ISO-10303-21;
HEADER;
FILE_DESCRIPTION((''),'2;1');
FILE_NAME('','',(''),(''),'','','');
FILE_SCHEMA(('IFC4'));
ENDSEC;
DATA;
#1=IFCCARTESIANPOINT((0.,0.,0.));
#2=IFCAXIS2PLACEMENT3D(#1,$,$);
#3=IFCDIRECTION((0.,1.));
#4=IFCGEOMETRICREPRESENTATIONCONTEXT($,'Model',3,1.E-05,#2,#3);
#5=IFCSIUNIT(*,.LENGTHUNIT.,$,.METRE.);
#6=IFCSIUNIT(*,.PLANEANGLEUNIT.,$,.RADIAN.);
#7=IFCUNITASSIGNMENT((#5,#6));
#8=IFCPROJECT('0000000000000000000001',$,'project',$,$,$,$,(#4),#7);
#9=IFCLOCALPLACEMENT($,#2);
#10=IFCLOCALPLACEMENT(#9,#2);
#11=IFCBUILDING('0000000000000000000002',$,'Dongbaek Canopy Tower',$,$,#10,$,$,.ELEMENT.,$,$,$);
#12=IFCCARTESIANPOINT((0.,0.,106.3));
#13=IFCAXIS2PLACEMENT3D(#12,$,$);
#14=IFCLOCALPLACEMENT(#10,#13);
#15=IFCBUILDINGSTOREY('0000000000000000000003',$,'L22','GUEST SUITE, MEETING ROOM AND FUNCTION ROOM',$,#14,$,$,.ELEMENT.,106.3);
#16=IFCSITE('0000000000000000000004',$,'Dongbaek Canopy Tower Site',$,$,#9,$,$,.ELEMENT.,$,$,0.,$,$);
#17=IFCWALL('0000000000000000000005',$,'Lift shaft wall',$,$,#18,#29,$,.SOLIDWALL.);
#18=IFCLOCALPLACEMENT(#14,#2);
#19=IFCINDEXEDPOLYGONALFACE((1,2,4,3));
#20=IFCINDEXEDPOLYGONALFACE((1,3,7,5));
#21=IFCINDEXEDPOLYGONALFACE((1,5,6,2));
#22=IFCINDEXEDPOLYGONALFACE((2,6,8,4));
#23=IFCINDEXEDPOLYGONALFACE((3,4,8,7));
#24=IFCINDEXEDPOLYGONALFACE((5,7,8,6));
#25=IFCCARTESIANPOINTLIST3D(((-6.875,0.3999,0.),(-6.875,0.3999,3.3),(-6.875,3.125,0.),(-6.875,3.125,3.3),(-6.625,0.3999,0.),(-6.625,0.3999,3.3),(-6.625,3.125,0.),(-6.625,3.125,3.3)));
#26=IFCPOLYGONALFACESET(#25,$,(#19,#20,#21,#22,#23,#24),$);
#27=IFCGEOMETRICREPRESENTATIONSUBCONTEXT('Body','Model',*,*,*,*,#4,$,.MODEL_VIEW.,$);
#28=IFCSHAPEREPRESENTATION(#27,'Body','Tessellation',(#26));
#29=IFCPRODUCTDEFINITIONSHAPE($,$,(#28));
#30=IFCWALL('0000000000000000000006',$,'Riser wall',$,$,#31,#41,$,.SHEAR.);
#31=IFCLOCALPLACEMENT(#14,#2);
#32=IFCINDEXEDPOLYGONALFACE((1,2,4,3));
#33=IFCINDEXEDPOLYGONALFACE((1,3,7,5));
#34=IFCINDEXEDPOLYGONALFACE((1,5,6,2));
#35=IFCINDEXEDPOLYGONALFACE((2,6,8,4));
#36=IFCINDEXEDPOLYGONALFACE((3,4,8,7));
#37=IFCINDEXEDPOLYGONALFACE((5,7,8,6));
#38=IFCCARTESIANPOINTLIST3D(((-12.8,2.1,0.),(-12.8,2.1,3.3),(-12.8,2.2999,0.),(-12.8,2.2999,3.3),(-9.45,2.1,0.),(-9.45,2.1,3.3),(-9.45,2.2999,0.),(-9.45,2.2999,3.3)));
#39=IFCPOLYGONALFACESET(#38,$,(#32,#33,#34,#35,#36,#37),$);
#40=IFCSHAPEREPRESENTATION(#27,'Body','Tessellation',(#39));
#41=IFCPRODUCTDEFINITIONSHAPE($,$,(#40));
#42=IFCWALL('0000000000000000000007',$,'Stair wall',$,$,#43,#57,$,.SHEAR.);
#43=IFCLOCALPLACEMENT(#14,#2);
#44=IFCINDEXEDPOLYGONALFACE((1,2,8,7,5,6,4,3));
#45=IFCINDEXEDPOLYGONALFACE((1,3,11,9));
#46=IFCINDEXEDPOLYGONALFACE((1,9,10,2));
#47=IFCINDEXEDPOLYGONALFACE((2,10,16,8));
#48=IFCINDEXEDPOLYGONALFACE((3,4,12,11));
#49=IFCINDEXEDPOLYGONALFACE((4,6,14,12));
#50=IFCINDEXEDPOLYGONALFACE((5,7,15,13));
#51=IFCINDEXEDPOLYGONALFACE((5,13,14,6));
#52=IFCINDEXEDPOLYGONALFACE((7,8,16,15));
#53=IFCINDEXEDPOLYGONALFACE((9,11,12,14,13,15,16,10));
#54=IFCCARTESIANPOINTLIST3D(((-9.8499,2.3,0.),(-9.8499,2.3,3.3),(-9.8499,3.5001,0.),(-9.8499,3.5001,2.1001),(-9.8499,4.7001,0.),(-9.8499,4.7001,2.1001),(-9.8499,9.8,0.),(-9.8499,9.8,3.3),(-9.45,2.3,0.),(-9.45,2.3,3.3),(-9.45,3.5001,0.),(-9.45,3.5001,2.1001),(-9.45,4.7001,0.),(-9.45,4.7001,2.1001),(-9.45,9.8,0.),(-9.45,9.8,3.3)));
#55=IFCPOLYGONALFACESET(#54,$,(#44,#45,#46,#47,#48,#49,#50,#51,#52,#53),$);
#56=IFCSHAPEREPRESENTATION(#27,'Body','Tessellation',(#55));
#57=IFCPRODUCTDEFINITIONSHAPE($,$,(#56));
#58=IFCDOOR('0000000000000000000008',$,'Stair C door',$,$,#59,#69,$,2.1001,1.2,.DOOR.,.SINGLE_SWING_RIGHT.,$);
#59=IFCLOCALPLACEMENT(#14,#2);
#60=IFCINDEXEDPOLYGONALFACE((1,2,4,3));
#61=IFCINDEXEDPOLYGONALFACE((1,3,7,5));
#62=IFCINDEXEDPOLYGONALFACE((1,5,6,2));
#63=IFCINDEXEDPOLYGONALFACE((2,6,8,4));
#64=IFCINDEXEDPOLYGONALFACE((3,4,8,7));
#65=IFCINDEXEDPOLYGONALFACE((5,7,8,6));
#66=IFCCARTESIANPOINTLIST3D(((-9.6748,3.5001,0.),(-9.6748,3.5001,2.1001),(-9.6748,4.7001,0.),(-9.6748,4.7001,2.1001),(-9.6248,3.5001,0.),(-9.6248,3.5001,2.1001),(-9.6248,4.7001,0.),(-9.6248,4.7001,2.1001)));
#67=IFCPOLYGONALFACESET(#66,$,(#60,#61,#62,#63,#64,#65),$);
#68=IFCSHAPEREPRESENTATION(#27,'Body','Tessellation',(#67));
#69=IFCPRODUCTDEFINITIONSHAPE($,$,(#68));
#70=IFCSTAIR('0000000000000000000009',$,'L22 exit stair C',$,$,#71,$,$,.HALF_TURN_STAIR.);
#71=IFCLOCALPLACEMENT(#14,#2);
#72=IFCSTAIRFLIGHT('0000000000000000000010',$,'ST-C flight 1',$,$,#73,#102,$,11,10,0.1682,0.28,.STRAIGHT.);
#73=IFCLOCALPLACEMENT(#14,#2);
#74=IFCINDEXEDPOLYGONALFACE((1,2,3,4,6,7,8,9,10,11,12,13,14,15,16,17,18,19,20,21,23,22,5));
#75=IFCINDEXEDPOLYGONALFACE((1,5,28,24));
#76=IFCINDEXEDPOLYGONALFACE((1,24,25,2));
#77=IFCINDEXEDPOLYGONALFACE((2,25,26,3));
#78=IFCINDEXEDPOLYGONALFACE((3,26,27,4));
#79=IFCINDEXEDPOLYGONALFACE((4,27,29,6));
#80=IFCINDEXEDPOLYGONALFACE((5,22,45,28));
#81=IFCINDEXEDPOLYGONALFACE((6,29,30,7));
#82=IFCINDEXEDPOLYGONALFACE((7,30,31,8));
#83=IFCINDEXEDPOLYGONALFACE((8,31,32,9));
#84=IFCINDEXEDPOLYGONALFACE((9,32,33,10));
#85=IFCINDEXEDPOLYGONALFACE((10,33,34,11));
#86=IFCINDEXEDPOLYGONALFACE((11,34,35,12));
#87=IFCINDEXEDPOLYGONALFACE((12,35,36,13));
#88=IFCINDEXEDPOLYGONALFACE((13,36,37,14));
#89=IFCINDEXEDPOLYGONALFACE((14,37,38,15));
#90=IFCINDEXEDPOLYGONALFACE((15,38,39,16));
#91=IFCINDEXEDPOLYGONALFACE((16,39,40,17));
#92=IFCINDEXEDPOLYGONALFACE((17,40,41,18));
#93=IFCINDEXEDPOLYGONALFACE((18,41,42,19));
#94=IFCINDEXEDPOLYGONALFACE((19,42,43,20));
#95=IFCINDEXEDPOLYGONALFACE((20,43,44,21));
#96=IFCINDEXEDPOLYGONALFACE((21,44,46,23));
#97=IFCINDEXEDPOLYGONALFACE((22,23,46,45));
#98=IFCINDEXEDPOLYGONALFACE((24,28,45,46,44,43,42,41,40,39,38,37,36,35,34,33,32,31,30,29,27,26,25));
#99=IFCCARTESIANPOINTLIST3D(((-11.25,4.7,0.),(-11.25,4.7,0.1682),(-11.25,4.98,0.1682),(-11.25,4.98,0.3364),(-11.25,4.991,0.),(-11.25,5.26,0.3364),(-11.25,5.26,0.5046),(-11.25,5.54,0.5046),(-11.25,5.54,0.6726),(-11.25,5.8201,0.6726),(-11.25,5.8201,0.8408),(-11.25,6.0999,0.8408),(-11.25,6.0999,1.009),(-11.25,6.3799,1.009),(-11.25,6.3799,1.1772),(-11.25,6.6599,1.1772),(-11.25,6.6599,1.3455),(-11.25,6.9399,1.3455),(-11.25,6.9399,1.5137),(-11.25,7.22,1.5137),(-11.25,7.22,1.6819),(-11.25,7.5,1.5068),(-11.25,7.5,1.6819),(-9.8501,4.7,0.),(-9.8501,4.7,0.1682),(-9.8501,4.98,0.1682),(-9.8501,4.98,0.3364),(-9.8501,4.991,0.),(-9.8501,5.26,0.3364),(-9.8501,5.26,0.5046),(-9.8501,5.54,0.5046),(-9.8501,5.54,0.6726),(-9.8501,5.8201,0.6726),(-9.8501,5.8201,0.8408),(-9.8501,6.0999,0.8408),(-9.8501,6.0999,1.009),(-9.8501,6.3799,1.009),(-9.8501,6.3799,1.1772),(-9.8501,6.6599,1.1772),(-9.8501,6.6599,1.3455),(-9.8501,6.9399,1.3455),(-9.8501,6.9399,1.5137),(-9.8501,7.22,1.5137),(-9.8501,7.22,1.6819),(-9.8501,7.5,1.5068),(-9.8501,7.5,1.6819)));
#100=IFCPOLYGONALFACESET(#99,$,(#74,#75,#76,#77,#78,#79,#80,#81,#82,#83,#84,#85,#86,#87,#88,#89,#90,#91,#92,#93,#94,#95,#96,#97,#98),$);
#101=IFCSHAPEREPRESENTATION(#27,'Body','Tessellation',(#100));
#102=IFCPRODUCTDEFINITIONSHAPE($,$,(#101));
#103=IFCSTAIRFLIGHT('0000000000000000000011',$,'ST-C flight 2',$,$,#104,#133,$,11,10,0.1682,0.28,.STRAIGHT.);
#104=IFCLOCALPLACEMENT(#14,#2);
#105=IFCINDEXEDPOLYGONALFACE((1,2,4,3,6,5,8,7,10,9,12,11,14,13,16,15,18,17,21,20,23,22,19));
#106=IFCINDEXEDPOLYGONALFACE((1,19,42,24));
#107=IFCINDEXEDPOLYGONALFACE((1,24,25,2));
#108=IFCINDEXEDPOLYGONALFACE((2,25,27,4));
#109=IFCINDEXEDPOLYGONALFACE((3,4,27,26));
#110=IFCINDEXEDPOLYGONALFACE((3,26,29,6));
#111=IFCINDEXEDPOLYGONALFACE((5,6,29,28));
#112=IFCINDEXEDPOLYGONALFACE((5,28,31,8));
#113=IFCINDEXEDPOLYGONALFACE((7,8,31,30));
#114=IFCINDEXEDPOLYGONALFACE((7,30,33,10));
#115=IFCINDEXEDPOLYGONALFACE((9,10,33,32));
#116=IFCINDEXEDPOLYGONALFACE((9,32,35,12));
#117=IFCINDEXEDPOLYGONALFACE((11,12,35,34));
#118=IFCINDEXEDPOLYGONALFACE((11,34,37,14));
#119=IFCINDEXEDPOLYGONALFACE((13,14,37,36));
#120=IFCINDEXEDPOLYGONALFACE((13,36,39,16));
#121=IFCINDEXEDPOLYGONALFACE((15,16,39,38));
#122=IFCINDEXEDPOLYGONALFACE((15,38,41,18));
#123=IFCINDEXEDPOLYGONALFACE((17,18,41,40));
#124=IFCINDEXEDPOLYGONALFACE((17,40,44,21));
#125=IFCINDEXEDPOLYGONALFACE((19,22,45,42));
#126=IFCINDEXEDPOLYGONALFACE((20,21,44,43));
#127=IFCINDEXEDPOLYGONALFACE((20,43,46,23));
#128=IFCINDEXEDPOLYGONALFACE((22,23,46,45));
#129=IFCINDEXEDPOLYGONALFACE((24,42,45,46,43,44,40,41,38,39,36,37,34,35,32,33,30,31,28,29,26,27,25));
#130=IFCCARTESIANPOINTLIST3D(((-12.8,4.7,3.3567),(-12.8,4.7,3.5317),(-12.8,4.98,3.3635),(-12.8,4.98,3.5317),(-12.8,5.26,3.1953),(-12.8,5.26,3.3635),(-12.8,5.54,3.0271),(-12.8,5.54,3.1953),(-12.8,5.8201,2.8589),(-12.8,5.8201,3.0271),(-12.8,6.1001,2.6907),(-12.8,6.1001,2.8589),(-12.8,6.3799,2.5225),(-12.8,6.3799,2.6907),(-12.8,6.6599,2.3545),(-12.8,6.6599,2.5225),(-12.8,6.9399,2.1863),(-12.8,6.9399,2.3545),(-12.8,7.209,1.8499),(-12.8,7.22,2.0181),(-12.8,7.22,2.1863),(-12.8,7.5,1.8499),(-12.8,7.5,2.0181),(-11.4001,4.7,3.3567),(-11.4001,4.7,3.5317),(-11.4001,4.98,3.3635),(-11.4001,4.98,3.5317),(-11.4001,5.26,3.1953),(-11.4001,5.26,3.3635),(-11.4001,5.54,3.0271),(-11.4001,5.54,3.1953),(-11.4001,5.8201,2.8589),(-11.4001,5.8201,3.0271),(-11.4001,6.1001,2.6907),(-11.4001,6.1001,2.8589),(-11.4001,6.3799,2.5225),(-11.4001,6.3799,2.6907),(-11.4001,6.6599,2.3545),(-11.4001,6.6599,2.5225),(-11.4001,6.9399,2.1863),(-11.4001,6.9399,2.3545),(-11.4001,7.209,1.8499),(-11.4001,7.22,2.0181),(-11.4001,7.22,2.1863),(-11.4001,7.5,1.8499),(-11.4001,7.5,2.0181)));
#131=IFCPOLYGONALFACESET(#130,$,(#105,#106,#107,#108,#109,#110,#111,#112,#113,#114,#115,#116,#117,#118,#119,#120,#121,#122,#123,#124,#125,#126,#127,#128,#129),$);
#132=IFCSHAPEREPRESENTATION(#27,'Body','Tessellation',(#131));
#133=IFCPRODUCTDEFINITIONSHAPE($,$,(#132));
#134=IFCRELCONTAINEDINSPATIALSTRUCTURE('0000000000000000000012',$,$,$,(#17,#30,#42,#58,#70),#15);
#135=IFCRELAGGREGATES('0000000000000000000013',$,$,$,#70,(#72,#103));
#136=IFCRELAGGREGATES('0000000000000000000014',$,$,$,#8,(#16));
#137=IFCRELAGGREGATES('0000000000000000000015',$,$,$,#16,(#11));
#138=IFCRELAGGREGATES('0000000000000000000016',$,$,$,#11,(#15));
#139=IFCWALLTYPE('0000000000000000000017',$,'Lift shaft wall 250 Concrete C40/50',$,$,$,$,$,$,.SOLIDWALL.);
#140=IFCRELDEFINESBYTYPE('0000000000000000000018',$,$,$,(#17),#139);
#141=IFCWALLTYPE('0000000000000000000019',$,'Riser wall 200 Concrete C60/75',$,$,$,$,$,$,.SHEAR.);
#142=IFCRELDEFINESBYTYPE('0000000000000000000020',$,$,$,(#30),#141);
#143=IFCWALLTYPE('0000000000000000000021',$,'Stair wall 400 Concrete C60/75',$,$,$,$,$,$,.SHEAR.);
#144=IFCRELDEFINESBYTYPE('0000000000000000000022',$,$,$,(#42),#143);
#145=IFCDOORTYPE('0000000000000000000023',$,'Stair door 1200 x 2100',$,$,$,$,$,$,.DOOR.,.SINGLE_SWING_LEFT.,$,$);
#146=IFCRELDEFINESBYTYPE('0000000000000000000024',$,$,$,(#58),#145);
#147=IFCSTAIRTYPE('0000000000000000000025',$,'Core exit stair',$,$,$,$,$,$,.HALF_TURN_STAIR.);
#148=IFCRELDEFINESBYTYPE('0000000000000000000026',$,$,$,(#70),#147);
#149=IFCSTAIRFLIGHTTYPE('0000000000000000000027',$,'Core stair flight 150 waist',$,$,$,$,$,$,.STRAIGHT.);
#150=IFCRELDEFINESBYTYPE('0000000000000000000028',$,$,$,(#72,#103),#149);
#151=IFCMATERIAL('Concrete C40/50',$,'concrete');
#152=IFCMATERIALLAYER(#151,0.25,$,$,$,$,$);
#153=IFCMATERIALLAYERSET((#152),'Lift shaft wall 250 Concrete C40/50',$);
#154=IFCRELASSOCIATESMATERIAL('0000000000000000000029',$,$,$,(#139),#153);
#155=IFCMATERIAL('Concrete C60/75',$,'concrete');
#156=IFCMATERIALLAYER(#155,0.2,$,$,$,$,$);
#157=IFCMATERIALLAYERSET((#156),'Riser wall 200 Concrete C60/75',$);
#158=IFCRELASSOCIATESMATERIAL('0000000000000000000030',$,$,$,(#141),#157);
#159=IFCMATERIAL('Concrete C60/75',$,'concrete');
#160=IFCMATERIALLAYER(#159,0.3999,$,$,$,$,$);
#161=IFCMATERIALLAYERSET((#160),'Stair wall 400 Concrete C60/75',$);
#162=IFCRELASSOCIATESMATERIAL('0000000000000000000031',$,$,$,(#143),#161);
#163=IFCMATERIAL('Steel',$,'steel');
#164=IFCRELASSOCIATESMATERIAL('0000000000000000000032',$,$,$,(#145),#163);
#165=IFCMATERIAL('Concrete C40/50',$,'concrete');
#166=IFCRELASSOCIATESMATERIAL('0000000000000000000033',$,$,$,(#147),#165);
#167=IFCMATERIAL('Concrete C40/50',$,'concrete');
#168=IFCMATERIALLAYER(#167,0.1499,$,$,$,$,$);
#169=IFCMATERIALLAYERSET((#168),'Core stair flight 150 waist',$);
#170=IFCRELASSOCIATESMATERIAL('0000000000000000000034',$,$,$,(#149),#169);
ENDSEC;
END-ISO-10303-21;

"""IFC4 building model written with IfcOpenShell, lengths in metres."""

from ifc_helpers import new_model, si_unit, direction, frame, frame_2d, origin, place, context, subcontext, project, spatial, polyline, rectangle, outline, extrude, material, layer, layer_set, type_object, element, fill, aggregate, save


model = new_model("IFC4")

# Units and contexts
model_context = context("Model", 3, precision=1e-05, world=origin(), true_north=direction((0.0, 1.0)))
body_context = subcontext(model_context, "Body", "Model", "MODEL_VIEW")
ifc_project = project(units=[si_unit("LENGTHUNIT", "METRE"), si_unit("PLANEANGLEUNIT", "RADIAN")], contexts=[model_context])

# Site, building, storey
site_placement = place(None, origin())
site = spatial("IfcSite", under=ifc_project, at=site_placement, Name="Dongbaek Canopy Tower Site", CompositionType="ELEMENT", RefElevation=0.0)
building_placement = place(site_placement, origin())
building = spatial("IfcBuilding", under=site, at=building_placement, Name="Dongbaek Canopy Tower", CompositionType="ELEMENT")
storey_placement = place(building_placement, frame((0.0, 0.0, 106.3)))
storey = spatial("IfcBuildingStorey", under=building, at=storey_placement, Name="L22", Description="GUEST SUITE, MEETING ROOM AND FUNCTION ROOM", CompositionType="ELEMENT", Elevation=106.3)

# Walls
ifc_material_1 = material(Name="Concrete C40/50", Category="concrete")
ifc_layer_1 = layer(ifc_material_1, 0.25)
ifc_layer_set_1 = layer_set([ifc_layer_1], Name="Lift shaft wall 250 Concrete C40/50")
wall_type_1 = type_object("IfcWallType", Name="Lift shaft wall 250 Concrete C40/50", PredefinedType="SOLIDWALL", material=ifc_layer_set_1)
wall_1_placement = place(storey_placement, frame((-6.75, 0.3999, 0.0), z_axis=(0.0, 0.0, 1.0), x_axis=(0.0, 1.0, 0.0)))
element("IfcWall", 1, at=wall_1_placement, inside=storey, type_object=wall_type_1, Name="Lift shaft wall", PredefinedType="SOLIDWALL", context=body_context, shape_type="SweptSolid", body=[
    extrude(rectangle(XDim=2.7251, YDim=0.25, at=frame_2d((1.3625, 0.0))), origin(), (0.0, 0.0, 1.0), 3.3),
])
ifc_material_2 = material(Name="Concrete C60/75", Category="concrete")
ifc_layer_2 = layer(ifc_material_2, 0.2)
ifc_layer_set_2 = layer_set([ifc_layer_2], Name="Riser wall 200 Concrete C60/75")
wall_type_2 = type_object("IfcWallType", Name="Riser wall 200 Concrete C60/75", PredefinedType="SHEAR", material=ifc_layer_set_2)
wall_2_placement = place(storey_placement, frame((-9.45, 2.2, 0.0), z_axis=(0.0, 0.0, 1.0), x_axis=(-1.0, 0.0, 0.0)))
element("IfcWall", 2, at=wall_2_placement, inside=storey, type_object=wall_type_2, Name="Riser wall", PredefinedType="SHEAR", context=body_context, shape_type="SweptSolid", body=[
    extrude(rectangle(XDim=3.3501, YDim=0.2, at=frame_2d((1.675, 0.0))), origin(), (0.0, 0.0, 1.0), 3.3),
])

# Wall, opening, door
ifc_material_3 = material(Name="Concrete C60/75", Category="concrete")
ifc_layer_3 = layer(ifc_material_3, 0.3999)
ifc_layer_set_3 = layer_set([ifc_layer_3], Name="Stair wall 400 Concrete C60/75")
wall_type_3 = type_object("IfcWallType", Name="Stair wall 400 Concrete C60/75", PredefinedType="SHEAR", material=ifc_layer_set_3)
wall_3_placement = place(storey_placement, frame((-9.6499, 2.3, 0.0), z_axis=(0.0, 0.0, 1.0), x_axis=(0.0, 1.0, 0.0)))
wall_3 = element("IfcWall", 3, at=wall_3_placement, inside=storey, type_object=wall_type_3, Name="Stair wall", PredefinedType="SHEAR", context=body_context, shape_type="SweptSolid", body=[
    extrude(rectangle(XDim=7.5, YDim=0.3999, at=frame_2d((3.75, 0.0))), origin(), (0.0, 0.0, 1.0), 3.3),
])
opening_1_placement = place(wall_3_placement, frame((1.2, 0.0, 0.0)))
opening_1 = element("IfcOpeningElement", 4, at=opening_1_placement, cuts=wall_3, PredefinedType="OPENING", context=body_context, shape_type="SweptSolid", body=[
    extrude(rectangle(XDim=1.2, YDim=2.1001, at=frame_2d((0.6001, 1.05))), frame((0.0, 0.21, 0.0), z_axis=(0.0, -1.0, 0.0), x_axis=(1.0, 0.0, 0.0)), (0.0, 0.0, 1.0), 0.4199),
])
ifc_material_4 = material(Name="Steel", Category="steel")
door_type_1 = type_object("IfcDoorType", Name="Stair door 1200 x 2100", OperationType="SINGLE_SWING_LEFT", PredefinedType="DOOR", material=ifc_material_4)
door_1_placement = place(opening_1_placement, origin())
door_1 = element("IfcDoor", 5, at=door_1_placement, inside=storey, type_object=door_type_1, Name="Stair C door", OperationType="SINGLE_SWING_RIGHT", OverallHeight=2.1001, OverallWidth=1.2, PredefinedType="DOOR", context=body_context, shape_type="SweptSolid", body=[
    extrude(rectangle(XDim=1.2, YDim=2.1001, at=frame_2d((0.6001, 1.05))), frame((0.0, 0.0249, 0.0), z_axis=(0.0, -1.0, 0.0), x_axis=(1.0, 0.0, 0.0)), (0.0, 0.0, 1.0), 0.05),
])
fill(opening_1, door_1)

# Stair, stair flights
ifc_material_5 = material(Name="Concrete C40/50", Category="concrete")
stair_type = type_object("IfcStairType", Name="Core exit stair", PredefinedType="HALF_TURN_STAIR", material=ifc_material_5)
stair_placement = place(storey_placement, origin())
stair = element("IfcStair", 6, at=stair_placement, inside=storey, type_object=stair_type, Name="L22 exit stair C", PredefinedType="HALF_TURN_STAIR")
ifc_material_6 = material(Name="Concrete C40/50", Category="concrete")
ifc_layer_4 = layer(ifc_material_6, 0.1499)
ifc_layer_set_4 = layer_set([ifc_layer_4], Name="Core stair flight 150 waist")
stair_flight_type = type_object("IfcStairFlightType", Name="Core stair flight 150 waist", PredefinedType="STRAIGHT", material=ifc_layer_set_4)
stair_flight_1_placement = place(storey_placement, frame((-10.55, 4.7, 0.0), z_axis=(0.0, 0.0, 1.0), x_axis=(0.0, 1.0, 0.0)))
stair_flight_1 = element("IfcStairFlight", 7, at=stair_flight_1_placement, type_object=stair_flight_type, Name="ST-C flight 1", NumberOfRisers=11, NumberOfTreads=10, PredefinedType="STRAIGHT", RiserHeight=0.1682, TreadLength=0.28, context=body_context, shape_type="SweptSolid", body=[
    extrude(outline(polyline([(0.0, 0.0), (0.0, 0.1682), (0.28, 0.1682), (0.28, 0.3364), (0.5601, 0.3364), (0.5601, 0.5046), (0.8401, 0.5046), (0.8401, 0.6726), (1.1201, 0.6726), (1.1201, 0.8408), (1.3999, 0.8408), (1.3999, 1.009), (1.6799, 1.009), (1.6799, 1.1772), (1.96, 1.1772), (1.96, 1.3455), (2.24, 1.3455), (2.24, 1.5137), (2.52, 1.5137), (2.52, 1.6819), (2.8, 1.6819), (2.8, 1.8501), (2.8, 1.5068), (0.291, 0.0), (0.0, 0.0)])), frame((0.0, 0.7, 0.0), z_axis=(0.0, -1.0, 0.0), x_axis=(1.0, 0.0, 0.0)), (0.0, 0.0, 1.0), 1.3999),
])
stair_flight_2_placement = place(storey_placement, frame((-12.1001, 7.5, 1.8499), z_axis=(0.0, 0.0, 1.0), x_axis=(0.0, -1.0, 0.0)))
stair_flight_2 = element("IfcStairFlight", 8, at=stair_flight_2_placement, type_object=stair_flight_type, Name="ST-C flight 2", NumberOfRisers=11, NumberOfTreads=10, PredefinedType="STRAIGHT", RiserHeight=0.1682, TreadLength=0.28, context=body_context, shape_type="SweptSolid", body=[
    extrude(outline(polyline([(0.0, 0.0), (0.0, 0.1682), (0.28, 0.1682), (0.28, 0.3364), (0.5601, 0.3364), (0.5601, 0.5046), (0.8401, 0.5046), (0.8401, 0.6726), (1.1201, 0.6726), (1.1201, 0.8408), (1.3999, 0.8408), (1.3999, 1.009), (1.6799, 1.009), (1.6799, 1.1772), (1.96, 1.1772), (1.96, 1.3455), (2.24, 1.3455), (2.24, 1.5137), (2.52, 1.5137), (2.52, 1.6819), (2.8, 1.6819), (2.8, 1.8501), (2.8, 1.5068), (0.291, 0.0), (0.0, 0.0)])), frame((0.0, 0.7, 0.0), z_axis=(0.0, -1.0, 0.0), x_axis=(1.0, 0.0, 0.0)), (0.0, 0.0, 1.0), 1.3999),
])
aggregate(stair, [stair_flight_1, stair_flight_2])

save(model, "model.ifc")
